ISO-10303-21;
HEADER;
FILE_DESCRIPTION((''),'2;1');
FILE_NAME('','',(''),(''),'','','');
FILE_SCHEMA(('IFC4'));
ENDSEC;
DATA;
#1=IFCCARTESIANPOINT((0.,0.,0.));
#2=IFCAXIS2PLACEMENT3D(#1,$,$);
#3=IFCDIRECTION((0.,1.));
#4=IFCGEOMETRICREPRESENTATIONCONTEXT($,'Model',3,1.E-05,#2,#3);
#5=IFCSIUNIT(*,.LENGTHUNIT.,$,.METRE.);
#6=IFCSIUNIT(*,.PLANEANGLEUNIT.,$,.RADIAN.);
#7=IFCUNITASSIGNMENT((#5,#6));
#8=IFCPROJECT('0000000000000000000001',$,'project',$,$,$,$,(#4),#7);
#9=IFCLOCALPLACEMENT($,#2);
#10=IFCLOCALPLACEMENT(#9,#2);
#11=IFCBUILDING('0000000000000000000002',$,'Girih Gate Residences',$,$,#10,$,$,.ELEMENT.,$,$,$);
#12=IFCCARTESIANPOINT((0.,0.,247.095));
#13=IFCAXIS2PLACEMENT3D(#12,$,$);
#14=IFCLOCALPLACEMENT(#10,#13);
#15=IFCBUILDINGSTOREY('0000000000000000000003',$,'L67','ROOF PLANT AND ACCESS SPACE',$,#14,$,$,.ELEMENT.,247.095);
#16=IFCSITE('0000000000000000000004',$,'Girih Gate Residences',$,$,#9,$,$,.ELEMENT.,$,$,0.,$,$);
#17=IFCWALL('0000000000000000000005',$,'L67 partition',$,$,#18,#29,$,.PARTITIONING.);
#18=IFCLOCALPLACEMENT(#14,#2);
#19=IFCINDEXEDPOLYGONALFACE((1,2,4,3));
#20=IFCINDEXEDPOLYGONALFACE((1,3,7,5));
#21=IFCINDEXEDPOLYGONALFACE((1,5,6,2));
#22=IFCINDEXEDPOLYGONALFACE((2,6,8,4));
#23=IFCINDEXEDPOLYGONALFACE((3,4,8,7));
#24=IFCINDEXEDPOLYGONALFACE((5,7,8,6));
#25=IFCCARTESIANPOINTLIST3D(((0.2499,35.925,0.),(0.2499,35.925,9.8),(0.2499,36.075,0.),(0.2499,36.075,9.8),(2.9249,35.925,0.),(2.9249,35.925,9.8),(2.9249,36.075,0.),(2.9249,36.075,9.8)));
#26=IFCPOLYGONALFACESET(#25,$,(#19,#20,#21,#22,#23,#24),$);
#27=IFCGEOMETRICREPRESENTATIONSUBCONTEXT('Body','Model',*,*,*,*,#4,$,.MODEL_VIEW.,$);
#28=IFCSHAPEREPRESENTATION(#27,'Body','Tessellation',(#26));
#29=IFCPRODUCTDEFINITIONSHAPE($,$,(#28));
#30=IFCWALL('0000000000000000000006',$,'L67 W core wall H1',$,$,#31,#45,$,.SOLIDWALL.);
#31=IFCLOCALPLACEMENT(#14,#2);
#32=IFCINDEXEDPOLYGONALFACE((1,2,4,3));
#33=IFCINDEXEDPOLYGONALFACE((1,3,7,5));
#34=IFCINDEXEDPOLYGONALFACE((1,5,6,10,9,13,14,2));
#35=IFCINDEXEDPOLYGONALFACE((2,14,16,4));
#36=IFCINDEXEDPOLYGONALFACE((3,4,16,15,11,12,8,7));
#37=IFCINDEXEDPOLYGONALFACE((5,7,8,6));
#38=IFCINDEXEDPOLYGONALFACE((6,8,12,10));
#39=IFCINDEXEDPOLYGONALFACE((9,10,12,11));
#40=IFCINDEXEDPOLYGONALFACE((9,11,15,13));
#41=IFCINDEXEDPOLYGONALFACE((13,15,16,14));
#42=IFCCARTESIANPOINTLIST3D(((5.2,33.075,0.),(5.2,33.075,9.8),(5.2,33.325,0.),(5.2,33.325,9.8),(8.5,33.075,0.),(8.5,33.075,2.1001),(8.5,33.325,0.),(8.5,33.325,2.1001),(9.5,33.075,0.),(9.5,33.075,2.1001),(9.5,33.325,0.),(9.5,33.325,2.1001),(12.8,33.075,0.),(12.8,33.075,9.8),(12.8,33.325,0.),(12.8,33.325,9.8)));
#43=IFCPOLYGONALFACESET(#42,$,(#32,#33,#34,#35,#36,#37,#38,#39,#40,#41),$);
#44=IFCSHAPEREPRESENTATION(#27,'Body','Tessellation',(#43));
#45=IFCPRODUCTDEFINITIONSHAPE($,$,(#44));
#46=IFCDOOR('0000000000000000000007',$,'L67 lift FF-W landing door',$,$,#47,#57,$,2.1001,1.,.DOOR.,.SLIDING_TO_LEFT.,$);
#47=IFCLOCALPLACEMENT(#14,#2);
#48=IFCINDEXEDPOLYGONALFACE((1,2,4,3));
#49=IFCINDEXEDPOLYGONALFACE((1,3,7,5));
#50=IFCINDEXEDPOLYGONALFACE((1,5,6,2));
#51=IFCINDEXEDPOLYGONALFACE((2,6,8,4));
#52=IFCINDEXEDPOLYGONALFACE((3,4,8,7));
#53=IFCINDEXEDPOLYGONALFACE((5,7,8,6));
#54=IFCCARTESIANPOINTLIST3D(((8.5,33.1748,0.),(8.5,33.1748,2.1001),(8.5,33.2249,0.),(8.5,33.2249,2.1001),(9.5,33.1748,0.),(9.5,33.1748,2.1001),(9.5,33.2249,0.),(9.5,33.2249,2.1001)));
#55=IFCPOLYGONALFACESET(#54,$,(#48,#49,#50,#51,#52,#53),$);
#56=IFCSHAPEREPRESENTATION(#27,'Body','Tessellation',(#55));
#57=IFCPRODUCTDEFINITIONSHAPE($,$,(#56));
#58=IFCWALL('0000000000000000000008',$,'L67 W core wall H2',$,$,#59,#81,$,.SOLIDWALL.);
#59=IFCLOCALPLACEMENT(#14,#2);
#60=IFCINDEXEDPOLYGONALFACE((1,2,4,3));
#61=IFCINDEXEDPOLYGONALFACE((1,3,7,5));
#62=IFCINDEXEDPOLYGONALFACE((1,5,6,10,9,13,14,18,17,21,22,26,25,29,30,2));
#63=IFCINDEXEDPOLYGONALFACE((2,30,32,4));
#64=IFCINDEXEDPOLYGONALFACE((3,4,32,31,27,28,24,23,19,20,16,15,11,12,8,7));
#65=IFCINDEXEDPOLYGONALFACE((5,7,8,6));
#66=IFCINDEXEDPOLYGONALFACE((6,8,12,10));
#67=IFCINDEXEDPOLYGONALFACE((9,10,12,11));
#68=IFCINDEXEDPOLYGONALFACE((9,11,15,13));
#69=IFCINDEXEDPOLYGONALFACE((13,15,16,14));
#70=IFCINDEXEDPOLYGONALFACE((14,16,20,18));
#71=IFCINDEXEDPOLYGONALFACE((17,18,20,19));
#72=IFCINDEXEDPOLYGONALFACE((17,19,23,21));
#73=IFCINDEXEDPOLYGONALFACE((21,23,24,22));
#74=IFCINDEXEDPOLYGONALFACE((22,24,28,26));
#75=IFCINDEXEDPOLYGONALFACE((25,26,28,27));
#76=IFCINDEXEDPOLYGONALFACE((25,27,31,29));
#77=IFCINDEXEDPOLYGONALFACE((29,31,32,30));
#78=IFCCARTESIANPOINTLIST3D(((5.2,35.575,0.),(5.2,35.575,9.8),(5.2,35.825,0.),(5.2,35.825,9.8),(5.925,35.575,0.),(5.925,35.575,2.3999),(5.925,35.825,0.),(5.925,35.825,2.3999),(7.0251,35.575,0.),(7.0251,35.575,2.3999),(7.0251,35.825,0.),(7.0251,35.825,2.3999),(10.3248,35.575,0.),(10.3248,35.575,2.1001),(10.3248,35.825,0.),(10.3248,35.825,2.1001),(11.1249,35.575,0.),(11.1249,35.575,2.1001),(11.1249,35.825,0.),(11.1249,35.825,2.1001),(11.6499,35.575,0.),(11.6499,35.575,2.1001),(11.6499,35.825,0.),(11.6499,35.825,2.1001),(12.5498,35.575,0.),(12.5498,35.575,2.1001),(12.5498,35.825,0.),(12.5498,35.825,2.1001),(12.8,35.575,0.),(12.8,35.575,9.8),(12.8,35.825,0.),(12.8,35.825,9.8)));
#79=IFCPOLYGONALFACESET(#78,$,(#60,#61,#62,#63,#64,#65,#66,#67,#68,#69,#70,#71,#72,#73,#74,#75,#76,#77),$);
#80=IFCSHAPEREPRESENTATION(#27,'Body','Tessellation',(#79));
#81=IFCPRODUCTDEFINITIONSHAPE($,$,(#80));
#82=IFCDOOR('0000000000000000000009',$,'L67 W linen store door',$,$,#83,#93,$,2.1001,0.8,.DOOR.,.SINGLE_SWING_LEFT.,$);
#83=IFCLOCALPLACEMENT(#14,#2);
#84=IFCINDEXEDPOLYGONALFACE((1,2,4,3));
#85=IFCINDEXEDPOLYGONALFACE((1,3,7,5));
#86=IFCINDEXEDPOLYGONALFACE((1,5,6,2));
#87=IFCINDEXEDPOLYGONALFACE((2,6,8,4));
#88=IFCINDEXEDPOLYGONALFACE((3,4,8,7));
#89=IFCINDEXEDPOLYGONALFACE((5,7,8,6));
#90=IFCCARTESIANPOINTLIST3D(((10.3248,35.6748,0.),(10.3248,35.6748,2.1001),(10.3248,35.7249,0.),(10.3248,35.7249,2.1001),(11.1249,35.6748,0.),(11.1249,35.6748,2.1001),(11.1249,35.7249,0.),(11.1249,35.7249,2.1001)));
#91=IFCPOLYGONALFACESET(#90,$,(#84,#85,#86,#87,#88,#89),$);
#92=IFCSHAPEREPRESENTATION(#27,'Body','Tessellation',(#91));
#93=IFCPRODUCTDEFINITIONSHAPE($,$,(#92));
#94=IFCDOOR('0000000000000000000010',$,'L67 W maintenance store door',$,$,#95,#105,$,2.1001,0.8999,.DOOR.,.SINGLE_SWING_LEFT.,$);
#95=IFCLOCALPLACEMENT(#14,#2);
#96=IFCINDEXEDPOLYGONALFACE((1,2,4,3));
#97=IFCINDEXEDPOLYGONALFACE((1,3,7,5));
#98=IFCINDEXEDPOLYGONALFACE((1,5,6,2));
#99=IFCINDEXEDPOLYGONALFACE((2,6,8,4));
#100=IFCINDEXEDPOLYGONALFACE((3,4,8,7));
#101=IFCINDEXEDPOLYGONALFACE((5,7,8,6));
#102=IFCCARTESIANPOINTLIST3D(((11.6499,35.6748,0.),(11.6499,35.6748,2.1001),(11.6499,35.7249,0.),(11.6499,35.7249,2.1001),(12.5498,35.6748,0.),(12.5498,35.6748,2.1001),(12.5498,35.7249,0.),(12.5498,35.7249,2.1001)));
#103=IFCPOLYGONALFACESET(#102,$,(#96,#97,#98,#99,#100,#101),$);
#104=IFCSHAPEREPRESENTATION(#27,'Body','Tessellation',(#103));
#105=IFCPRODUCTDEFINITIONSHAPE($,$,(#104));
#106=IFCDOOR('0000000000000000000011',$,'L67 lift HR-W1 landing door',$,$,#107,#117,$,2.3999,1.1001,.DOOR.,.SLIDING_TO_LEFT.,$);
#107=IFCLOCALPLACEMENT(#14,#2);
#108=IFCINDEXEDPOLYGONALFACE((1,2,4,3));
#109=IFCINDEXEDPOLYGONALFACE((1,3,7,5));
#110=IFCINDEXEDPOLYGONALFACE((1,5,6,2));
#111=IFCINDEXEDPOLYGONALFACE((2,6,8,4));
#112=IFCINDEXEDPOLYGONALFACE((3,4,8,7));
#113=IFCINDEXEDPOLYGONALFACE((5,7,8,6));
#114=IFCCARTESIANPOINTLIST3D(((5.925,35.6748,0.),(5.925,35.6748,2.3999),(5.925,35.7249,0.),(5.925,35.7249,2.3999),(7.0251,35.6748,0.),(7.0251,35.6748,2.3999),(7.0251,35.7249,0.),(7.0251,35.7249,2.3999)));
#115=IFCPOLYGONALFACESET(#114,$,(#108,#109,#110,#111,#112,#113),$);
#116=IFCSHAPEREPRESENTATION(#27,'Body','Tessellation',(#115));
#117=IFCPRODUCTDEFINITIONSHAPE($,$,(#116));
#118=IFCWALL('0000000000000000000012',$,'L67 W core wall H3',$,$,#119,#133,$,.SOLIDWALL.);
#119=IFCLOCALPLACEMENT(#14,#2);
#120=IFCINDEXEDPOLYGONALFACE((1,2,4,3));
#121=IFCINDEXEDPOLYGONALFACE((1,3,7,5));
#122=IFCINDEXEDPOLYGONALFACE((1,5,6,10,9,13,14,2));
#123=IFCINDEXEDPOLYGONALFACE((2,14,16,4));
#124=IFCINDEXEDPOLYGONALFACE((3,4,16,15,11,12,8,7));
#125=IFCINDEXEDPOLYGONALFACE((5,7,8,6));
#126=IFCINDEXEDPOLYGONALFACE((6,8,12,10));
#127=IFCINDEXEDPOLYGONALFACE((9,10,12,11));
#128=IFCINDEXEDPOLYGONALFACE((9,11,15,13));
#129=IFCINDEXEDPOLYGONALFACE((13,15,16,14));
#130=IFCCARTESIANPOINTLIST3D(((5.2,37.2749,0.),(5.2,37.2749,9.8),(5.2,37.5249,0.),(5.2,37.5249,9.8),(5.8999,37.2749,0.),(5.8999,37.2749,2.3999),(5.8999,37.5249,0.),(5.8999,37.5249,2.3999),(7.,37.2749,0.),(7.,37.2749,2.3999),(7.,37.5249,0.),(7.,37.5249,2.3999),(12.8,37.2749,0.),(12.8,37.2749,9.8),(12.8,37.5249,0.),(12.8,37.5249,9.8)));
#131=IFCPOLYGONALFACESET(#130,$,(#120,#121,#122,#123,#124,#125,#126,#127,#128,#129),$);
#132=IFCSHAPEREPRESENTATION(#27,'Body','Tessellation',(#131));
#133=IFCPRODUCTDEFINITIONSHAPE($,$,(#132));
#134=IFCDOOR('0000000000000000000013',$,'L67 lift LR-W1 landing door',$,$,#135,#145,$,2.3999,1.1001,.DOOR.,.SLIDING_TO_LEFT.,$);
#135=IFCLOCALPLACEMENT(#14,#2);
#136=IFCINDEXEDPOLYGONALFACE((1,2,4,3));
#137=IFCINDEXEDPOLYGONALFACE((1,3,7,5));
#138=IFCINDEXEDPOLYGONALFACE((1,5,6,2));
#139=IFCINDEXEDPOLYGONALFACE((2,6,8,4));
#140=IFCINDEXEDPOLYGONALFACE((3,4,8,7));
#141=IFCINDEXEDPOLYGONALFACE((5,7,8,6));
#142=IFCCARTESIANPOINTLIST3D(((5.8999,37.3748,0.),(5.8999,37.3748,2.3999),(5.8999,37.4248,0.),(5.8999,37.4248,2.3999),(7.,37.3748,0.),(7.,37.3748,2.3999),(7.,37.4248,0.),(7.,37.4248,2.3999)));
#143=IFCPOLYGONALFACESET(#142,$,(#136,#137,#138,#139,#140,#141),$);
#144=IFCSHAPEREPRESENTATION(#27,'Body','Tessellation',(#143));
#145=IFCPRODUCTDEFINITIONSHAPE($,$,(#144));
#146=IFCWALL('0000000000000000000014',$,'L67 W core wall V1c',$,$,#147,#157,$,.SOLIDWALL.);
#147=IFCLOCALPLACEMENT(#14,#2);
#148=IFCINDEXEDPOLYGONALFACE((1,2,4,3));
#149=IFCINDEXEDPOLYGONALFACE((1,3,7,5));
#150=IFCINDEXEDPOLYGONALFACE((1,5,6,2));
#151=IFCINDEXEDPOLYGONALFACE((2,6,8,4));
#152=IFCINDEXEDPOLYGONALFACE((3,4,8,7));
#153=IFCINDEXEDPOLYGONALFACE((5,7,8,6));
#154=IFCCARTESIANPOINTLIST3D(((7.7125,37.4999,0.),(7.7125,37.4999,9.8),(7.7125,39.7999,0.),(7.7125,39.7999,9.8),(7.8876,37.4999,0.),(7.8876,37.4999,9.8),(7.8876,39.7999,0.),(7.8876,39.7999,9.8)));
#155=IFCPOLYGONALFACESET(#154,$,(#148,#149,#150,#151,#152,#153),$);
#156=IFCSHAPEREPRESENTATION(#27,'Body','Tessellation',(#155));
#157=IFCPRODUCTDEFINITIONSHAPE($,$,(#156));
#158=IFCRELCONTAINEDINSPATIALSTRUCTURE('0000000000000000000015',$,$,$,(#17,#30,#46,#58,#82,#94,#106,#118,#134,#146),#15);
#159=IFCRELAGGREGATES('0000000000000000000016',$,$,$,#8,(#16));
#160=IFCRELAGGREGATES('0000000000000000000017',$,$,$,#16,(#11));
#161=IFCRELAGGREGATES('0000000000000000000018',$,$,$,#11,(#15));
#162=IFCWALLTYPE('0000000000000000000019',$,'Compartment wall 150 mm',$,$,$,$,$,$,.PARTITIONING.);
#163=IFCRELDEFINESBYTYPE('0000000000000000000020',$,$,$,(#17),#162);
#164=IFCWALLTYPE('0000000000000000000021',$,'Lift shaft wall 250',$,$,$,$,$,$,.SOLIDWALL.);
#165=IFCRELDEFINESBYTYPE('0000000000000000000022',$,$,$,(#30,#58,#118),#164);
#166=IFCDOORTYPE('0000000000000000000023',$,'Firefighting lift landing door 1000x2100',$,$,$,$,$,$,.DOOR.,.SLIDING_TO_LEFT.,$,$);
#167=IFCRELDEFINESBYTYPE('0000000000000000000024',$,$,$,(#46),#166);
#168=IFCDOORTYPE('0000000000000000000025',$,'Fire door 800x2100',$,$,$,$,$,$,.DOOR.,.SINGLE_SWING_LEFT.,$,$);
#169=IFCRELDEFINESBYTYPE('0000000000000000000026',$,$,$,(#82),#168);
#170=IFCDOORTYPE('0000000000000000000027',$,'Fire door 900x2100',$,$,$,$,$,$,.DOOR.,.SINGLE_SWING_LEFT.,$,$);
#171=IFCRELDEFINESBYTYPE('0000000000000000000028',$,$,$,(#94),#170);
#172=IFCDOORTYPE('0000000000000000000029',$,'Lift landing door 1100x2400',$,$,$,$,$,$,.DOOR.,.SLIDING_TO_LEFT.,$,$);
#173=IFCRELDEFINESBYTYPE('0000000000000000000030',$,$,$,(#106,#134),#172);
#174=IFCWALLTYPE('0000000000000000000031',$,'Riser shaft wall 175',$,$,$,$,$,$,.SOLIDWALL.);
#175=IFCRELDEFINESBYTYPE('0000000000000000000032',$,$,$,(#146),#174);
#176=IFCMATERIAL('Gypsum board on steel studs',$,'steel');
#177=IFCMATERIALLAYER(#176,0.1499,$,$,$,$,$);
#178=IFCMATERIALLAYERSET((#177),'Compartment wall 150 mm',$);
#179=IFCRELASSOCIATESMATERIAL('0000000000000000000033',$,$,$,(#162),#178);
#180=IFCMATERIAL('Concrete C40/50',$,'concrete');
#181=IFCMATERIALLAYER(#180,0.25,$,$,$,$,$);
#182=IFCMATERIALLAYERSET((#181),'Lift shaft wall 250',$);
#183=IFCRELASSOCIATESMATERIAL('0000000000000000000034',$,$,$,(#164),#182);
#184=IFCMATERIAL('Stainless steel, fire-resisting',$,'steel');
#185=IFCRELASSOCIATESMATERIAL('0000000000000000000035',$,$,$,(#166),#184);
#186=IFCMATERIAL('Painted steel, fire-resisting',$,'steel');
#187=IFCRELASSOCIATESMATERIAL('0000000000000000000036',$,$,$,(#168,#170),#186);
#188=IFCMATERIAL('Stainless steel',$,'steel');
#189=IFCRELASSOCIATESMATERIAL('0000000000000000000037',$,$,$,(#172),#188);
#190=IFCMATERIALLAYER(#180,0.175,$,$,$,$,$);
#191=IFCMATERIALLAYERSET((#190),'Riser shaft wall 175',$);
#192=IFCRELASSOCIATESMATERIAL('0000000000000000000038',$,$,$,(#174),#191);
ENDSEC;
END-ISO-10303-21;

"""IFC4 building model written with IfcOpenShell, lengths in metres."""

from ifc_helpers import new_model, si_unit, direction, frame, frame_2d, origin, place, context, subcontext, project, spatial, rectangle, extrude, material, layer, layer_set, type_object, element, fill, save


model = new_model("IFC4")

# Units and contexts
model_context = context("Model", 3, precision=1e-05, world=origin(), true_north=direction((0.0, 1.0)))
body_context = subcontext(model_context, "Body", "Model", "MODEL_VIEW")
ifc_project = project(units=[si_unit("LENGTHUNIT", "METRE"), si_unit("PLANEANGLEUNIT", "RADIAN")], contexts=[model_context])

# Site, building, storey
site_placement = place(None, origin())
site = spatial("IfcSite", under=ifc_project, at=site_placement, Name="Girih Gate Residences", CompositionType="ELEMENT", RefElevation=0.0)
building_placement = place(site_placement, origin())
building = spatial("IfcBuilding", under=site, at=building_placement, Name="Girih Gate Residences", CompositionType="ELEMENT")
storey_placement = place(building_placement, frame((0.0, 0.0, 247.095)))
storey = spatial("IfcBuildingStorey", under=building, at=storey_placement, Name="L67", Description="ROOF PLANT AND ACCESS SPACE", CompositionType="ELEMENT", Elevation=247.095)

# Shared definitions
ifc_material_1 = material(Name="Gypsum board on steel studs", Category="steel")
ifc_layer_1 = layer(ifc_material_1, 0.1499)
ifc_layer_set_1 = layer_set([ifc_layer_1], Name="Compartment wall 150 mm")
wall_type_1 = type_object("IfcWallType", Name="Compartment wall 150 mm", PredefinedType="PARTITIONING", material=ifc_layer_set_1)
ifc_material_2 = material(Name="Painted steel, fire-resisting", Category="steel")

# Wall
wall_1_placement = place(storey_placement, frame((0.25, 36.0, 0.0), z_axis=(0.0, 0.0, 1.0), x_axis=(1.0, 0.0, 0.0)))
element("IfcWall", 1, at=wall_1_placement, inside=storey, type_object=wall_type_1, Name="L67 partition", PredefinedType="PARTITIONING", context=body_context, shape_type="SweptSolid", body=[
    extrude(rectangle(XDim=2.675, YDim=0.1499, at=frame_2d((1.3374, 0.0))), origin(), (0.0, 0.0, 1.0), 9.8),
])

# Wall, opening, door
ifc_material_3 = material(Name="Concrete C40/50", Category="concrete")
ifc_layer_2 = layer(ifc_material_3, 0.25)
ifc_layer_set_2 = layer_set([ifc_layer_2], Name="Lift shaft wall 250")
wall_type_2 = type_object("IfcWallType", Name="Lift shaft wall 250", PredefinedType="SOLIDWALL", material=ifc_layer_set_2)
wall_2_placement = place(storey_placement, frame((5.2, 33.2, 0.0), z_axis=(0.0, 0.0, 1.0), x_axis=(1.0, 0.0, 0.0)))
wall_2 = element("IfcWall", 2, at=wall_2_placement, inside=storey, type_object=wall_type_2, Name="L67 W core wall H1", PredefinedType="SOLIDWALL", context=body_context, shape_type="SweptSolid", body=[
    extrude(rectangle(XDim=7.6001, YDim=0.25, at=frame_2d((3.8, 0.0))), origin(), (0.0, 0.0, 1.0), 9.8),
])
opening_1_placement = place(wall_2_placement, frame((3.3, 0.0, 0.0)))
opening_1 = element("IfcOpeningElement", 3, at=opening_1_placement, cuts=wall_2, PredefinedType="OPENING", context=body_context, shape_type="SweptSolid", body=[
    extrude(rectangle(XDim=1.0, YDim=2.1001, at=frame_2d((0.5, 1.05))), frame((0.0, 0.135, 0.0), z_axis=(0.0, -1.0, 0.0), x_axis=(1.0, 0.0, 0.0)), (0.0, 0.0, 1.0), 0.27),
])
ifc_material_4 = material(Name="Stainless steel, fire-resisting", Category="steel")
door_type_1 = type_object("IfcDoorType", Name="Firefighting lift landing door 1000x2100", OperationType="SLIDING_TO_LEFT", PredefinedType="DOOR", material=ifc_material_4)
door_1_placement = place(opening_1_placement, origin())
door_1 = element("IfcDoor", 4, at=door_1_placement, inside=storey, type_object=door_type_1, Name="L67 lift FF-W landing door", OperationType="SLIDING_TO_LEFT", OverallHeight=2.1001, OverallWidth=1.0, PredefinedType="DOOR", context=body_context, shape_type="SweptSolid", body=[
    extrude(rectangle(XDim=1.0, YDim=2.1001, at=frame_2d((0.5, 1.05))), frame((0.0, 0.0249, 0.0), z_axis=(0.0, -1.0, 0.0), x_axis=(1.0, 0.0, 0.0)), (0.0, 0.0, 1.0), 0.05),
])
fill(opening_1, door_1)

# Wall, openings, doors
wall_3_placement = place(storey_placement, frame((5.2, 35.7, 0.0), z_axis=(0.0, 0.0, 1.0), x_axis=(1.0, 0.0, 0.0)))
wall_3 = element("IfcWall", 5, at=wall_3_placement, inside=storey, type_object=wall_type_2, Name="L67 W core wall H2", PredefinedType="SOLIDWALL", context=body_context, shape_type="SweptSolid", body=[
    extrude(rectangle(XDim=7.6001, YDim=0.25, at=frame_2d((3.8, 0.0))), origin(), (0.0, 0.0, 1.0), 9.8),
])
opening_2_placement = place(wall_3_placement, frame((0.7251, 0.0, 0.0)))
opening_2 = element("IfcOpeningElement", 6, at=opening_2_placement, cuts=wall_3, PredefinedType="OPENING", context=body_context, shape_type="SweptSolid", body=[
    extrude(rectangle(XDim=1.1001, YDim=2.3999, at=frame_2d((0.55, 1.2))), frame((0.0, 0.135, 0.0), z_axis=(0.0, -1.0, 0.0), x_axis=(1.0, 0.0, 0.0)), (0.0, 0.0, 1.0), 0.27),
])
opening_3_placement = place(wall_3_placement, frame((5.125, 0.0, 0.0)))
opening_3 = element("IfcOpeningElement", 7, at=opening_3_placement, cuts=wall_3, PredefinedType="OPENING", context=body_context, shape_type="SweptSolid", body=[
    extrude(rectangle(XDim=0.8, YDim=2.1001, at=frame_2d((0.3999, 1.05))), frame((0.0, 0.135, 0.0), z_axis=(0.0, -1.0, 0.0), x_axis=(1.0, 0.0, 0.0)), (0.0, 0.0, 1.0), 0.27),
])
opening_4_placement = place(wall_3_placement, frame((6.45, 0.0, 0.0)))
opening_4 = element("IfcOpeningElement", 8, at=opening_4_placement, cuts=wall_3, PredefinedType="OPENING", context=body_context, shape_type="SweptSolid", body=[
    extrude(rectangle(XDim=0.8999, YDim=2.1001, at=frame_2d((0.45, 1.05))), frame((0.0, 0.135, 0.0), z_axis=(0.0, -1.0, 0.0), x_axis=(1.0, 0.0, 0.0)), (0.0, 0.0, 1.0), 0.27),
])
door_type_2 = type_object("IfcDoorType", Name="Fire door 800x2100", OperationType="SINGLE_SWING_LEFT", PredefinedType="DOOR", material=ifc_material_2)
door_2_placement = place(opening_3_placement, origin())
door_2 = element("IfcDoor", 9, at=door_2_placement, inside=storey, type_object=door_type_2, Name="L67 W linen store door", OperationType="SINGLE_SWING_LEFT", OverallHeight=2.1001, OverallWidth=0.8, PredefinedType="DOOR", context=body_context, shape_type="SweptSolid", body=[
    extrude(rectangle(XDim=0.8, YDim=2.1001, at=frame_2d((0.3999, 1.05))), frame((0.0, 0.0249, 0.0), z_axis=(0.0, -1.0, 0.0), x_axis=(1.0, 0.0, 0.0)), (0.0, 0.0, 1.0), 0.05),
])
fill(opening_3, door_2)
door_type_3 = type_object("IfcDoorType", Name="Fire door 900x2100", OperationType="SINGLE_SWING_LEFT", PredefinedType="DOOR", material=ifc_material_2)
door_3_placement = place(opening_4_placement, origin())
door_3 = element("IfcDoor", 10, at=door_3_placement, inside=storey, type_object=door_type_3, Name="L67 W maintenance store door", OperationType="SINGLE_SWING_LEFT", OverallHeight=2.1001, OverallWidth=0.8999, PredefinedType="DOOR", context=body_context, shape_type="SweptSolid", body=[
    extrude(rectangle(XDim=0.8999, YDim=2.1001, at=frame_2d((0.45, 1.05))), frame((0.0, 0.0249, 0.0), z_axis=(0.0, -1.0, 0.0), x_axis=(1.0, 0.0, 0.0)), (0.0, 0.0, 1.0), 0.05),
])
fill(opening_4, door_3)
ifc_material_5 = material(Name="Stainless steel", Category="steel")
door_type_4 = type_object("IfcDoorType", Name="Lift landing door 1100x2400", OperationType="SLIDING_TO_LEFT", PredefinedType="DOOR", material=ifc_material_5)
door_4_placement = place(opening_2_placement, origin())
door_4 = element("IfcDoor", 11, at=door_4_placement, inside=storey, type_object=door_type_4, Name="L67 lift HR-W1 landing door", OperationType="SLIDING_TO_LEFT", OverallHeight=2.3999, OverallWidth=1.1001, PredefinedType="DOOR", context=body_context, shape_type="SweptSolid", body=[
    extrude(rectangle(XDim=1.1001, YDim=2.3999, at=frame_2d((0.55, 1.2))), frame((0.0, 0.0249, 0.0), z_axis=(0.0, -1.0, 0.0), x_axis=(1.0, 0.0, 0.0)), (0.0, 0.0, 1.0), 0.05),
])
fill(opening_2, door_4)

# Wall, opening, door
wall_4_placement = place(storey_placement, frame((5.2, 37.3999, 0.0), z_axis=(0.0, 0.0, 1.0), x_axis=(1.0, 0.0, 0.0)))
wall_4 = element("IfcWall", 12, at=wall_4_placement, inside=storey, type_object=wall_type_2, Name="L67 W core wall H3", PredefinedType="SOLIDWALL", context=body_context, shape_type="SweptSolid", body=[
    extrude(rectangle(XDim=7.6001, YDim=0.25, at=frame_2d((3.8, 0.0))), origin(), (0.0, 0.0, 1.0), 9.8),
])
opening_5_placement = place(wall_4_placement, frame((0.7, 0.0, 0.0)))
opening_5 = element("IfcOpeningElement", 13, at=opening_5_placement, cuts=wall_4, PredefinedType="OPENING", context=body_context, shape_type="SweptSolid", body=[
    extrude(rectangle(XDim=1.1001, YDim=2.3999, at=frame_2d((0.55, 1.2))), frame((0.0, 0.135, 0.0), z_axis=(0.0, -1.0, 0.0), x_axis=(1.0, 0.0, 0.0)), (0.0, 0.0, 1.0), 0.27),
])
door_5_placement = place(opening_5_placement, origin())
door_5 = element("IfcDoor", 14, at=door_5_placement, inside=storey, type_object=door_type_4, Name="L67 lift LR-W1 landing door", OperationType="SLIDING_TO_LEFT", OverallHeight=2.3999, OverallWidth=1.1001, PredefinedType="DOOR", context=body_context, shape_type="SweptSolid", body=[
    extrude(rectangle(XDim=1.1001, YDim=2.3999, at=frame_2d((0.55, 1.2))), frame((0.0, 0.0249, 0.0), z_axis=(0.0, -1.0, 0.0), x_axis=(1.0, 0.0, 0.0)), (0.0, 0.0, 1.0), 0.05),
])
fill(opening_5, door_5)

# Wall
ifc_layer_3 = layer(ifc_material_3, 0.175)
ifc_layer_set_3 = layer_set([ifc_layer_3], Name="Riser shaft wall 175")
wall_type_3 = type_object("IfcWallType", Name="Riser shaft wall 175", PredefinedType="SOLIDWALL", material=ifc_layer_set_3)
wall_5_placement = place(storey_placement, frame((7.8, 37.5, 0.0), z_axis=(0.0, 0.0, 1.0), x_axis=(0.0, 1.0, 0.0)))
element("IfcWall", 15, at=wall_5_placement, inside=storey, type_object=wall_type_3, Name="L67 W core wall V1c", PredefinedType="SOLIDWALL", context=body_context, shape_type="SweptSolid", body=[
    extrude(rectangle(XDim=2.3, YDim=0.175, at=frame_2d((1.1499, 0.0))), origin(), (0.0, 0.0, 1.0), 9.8),
])

save(model, "model.ifc")
